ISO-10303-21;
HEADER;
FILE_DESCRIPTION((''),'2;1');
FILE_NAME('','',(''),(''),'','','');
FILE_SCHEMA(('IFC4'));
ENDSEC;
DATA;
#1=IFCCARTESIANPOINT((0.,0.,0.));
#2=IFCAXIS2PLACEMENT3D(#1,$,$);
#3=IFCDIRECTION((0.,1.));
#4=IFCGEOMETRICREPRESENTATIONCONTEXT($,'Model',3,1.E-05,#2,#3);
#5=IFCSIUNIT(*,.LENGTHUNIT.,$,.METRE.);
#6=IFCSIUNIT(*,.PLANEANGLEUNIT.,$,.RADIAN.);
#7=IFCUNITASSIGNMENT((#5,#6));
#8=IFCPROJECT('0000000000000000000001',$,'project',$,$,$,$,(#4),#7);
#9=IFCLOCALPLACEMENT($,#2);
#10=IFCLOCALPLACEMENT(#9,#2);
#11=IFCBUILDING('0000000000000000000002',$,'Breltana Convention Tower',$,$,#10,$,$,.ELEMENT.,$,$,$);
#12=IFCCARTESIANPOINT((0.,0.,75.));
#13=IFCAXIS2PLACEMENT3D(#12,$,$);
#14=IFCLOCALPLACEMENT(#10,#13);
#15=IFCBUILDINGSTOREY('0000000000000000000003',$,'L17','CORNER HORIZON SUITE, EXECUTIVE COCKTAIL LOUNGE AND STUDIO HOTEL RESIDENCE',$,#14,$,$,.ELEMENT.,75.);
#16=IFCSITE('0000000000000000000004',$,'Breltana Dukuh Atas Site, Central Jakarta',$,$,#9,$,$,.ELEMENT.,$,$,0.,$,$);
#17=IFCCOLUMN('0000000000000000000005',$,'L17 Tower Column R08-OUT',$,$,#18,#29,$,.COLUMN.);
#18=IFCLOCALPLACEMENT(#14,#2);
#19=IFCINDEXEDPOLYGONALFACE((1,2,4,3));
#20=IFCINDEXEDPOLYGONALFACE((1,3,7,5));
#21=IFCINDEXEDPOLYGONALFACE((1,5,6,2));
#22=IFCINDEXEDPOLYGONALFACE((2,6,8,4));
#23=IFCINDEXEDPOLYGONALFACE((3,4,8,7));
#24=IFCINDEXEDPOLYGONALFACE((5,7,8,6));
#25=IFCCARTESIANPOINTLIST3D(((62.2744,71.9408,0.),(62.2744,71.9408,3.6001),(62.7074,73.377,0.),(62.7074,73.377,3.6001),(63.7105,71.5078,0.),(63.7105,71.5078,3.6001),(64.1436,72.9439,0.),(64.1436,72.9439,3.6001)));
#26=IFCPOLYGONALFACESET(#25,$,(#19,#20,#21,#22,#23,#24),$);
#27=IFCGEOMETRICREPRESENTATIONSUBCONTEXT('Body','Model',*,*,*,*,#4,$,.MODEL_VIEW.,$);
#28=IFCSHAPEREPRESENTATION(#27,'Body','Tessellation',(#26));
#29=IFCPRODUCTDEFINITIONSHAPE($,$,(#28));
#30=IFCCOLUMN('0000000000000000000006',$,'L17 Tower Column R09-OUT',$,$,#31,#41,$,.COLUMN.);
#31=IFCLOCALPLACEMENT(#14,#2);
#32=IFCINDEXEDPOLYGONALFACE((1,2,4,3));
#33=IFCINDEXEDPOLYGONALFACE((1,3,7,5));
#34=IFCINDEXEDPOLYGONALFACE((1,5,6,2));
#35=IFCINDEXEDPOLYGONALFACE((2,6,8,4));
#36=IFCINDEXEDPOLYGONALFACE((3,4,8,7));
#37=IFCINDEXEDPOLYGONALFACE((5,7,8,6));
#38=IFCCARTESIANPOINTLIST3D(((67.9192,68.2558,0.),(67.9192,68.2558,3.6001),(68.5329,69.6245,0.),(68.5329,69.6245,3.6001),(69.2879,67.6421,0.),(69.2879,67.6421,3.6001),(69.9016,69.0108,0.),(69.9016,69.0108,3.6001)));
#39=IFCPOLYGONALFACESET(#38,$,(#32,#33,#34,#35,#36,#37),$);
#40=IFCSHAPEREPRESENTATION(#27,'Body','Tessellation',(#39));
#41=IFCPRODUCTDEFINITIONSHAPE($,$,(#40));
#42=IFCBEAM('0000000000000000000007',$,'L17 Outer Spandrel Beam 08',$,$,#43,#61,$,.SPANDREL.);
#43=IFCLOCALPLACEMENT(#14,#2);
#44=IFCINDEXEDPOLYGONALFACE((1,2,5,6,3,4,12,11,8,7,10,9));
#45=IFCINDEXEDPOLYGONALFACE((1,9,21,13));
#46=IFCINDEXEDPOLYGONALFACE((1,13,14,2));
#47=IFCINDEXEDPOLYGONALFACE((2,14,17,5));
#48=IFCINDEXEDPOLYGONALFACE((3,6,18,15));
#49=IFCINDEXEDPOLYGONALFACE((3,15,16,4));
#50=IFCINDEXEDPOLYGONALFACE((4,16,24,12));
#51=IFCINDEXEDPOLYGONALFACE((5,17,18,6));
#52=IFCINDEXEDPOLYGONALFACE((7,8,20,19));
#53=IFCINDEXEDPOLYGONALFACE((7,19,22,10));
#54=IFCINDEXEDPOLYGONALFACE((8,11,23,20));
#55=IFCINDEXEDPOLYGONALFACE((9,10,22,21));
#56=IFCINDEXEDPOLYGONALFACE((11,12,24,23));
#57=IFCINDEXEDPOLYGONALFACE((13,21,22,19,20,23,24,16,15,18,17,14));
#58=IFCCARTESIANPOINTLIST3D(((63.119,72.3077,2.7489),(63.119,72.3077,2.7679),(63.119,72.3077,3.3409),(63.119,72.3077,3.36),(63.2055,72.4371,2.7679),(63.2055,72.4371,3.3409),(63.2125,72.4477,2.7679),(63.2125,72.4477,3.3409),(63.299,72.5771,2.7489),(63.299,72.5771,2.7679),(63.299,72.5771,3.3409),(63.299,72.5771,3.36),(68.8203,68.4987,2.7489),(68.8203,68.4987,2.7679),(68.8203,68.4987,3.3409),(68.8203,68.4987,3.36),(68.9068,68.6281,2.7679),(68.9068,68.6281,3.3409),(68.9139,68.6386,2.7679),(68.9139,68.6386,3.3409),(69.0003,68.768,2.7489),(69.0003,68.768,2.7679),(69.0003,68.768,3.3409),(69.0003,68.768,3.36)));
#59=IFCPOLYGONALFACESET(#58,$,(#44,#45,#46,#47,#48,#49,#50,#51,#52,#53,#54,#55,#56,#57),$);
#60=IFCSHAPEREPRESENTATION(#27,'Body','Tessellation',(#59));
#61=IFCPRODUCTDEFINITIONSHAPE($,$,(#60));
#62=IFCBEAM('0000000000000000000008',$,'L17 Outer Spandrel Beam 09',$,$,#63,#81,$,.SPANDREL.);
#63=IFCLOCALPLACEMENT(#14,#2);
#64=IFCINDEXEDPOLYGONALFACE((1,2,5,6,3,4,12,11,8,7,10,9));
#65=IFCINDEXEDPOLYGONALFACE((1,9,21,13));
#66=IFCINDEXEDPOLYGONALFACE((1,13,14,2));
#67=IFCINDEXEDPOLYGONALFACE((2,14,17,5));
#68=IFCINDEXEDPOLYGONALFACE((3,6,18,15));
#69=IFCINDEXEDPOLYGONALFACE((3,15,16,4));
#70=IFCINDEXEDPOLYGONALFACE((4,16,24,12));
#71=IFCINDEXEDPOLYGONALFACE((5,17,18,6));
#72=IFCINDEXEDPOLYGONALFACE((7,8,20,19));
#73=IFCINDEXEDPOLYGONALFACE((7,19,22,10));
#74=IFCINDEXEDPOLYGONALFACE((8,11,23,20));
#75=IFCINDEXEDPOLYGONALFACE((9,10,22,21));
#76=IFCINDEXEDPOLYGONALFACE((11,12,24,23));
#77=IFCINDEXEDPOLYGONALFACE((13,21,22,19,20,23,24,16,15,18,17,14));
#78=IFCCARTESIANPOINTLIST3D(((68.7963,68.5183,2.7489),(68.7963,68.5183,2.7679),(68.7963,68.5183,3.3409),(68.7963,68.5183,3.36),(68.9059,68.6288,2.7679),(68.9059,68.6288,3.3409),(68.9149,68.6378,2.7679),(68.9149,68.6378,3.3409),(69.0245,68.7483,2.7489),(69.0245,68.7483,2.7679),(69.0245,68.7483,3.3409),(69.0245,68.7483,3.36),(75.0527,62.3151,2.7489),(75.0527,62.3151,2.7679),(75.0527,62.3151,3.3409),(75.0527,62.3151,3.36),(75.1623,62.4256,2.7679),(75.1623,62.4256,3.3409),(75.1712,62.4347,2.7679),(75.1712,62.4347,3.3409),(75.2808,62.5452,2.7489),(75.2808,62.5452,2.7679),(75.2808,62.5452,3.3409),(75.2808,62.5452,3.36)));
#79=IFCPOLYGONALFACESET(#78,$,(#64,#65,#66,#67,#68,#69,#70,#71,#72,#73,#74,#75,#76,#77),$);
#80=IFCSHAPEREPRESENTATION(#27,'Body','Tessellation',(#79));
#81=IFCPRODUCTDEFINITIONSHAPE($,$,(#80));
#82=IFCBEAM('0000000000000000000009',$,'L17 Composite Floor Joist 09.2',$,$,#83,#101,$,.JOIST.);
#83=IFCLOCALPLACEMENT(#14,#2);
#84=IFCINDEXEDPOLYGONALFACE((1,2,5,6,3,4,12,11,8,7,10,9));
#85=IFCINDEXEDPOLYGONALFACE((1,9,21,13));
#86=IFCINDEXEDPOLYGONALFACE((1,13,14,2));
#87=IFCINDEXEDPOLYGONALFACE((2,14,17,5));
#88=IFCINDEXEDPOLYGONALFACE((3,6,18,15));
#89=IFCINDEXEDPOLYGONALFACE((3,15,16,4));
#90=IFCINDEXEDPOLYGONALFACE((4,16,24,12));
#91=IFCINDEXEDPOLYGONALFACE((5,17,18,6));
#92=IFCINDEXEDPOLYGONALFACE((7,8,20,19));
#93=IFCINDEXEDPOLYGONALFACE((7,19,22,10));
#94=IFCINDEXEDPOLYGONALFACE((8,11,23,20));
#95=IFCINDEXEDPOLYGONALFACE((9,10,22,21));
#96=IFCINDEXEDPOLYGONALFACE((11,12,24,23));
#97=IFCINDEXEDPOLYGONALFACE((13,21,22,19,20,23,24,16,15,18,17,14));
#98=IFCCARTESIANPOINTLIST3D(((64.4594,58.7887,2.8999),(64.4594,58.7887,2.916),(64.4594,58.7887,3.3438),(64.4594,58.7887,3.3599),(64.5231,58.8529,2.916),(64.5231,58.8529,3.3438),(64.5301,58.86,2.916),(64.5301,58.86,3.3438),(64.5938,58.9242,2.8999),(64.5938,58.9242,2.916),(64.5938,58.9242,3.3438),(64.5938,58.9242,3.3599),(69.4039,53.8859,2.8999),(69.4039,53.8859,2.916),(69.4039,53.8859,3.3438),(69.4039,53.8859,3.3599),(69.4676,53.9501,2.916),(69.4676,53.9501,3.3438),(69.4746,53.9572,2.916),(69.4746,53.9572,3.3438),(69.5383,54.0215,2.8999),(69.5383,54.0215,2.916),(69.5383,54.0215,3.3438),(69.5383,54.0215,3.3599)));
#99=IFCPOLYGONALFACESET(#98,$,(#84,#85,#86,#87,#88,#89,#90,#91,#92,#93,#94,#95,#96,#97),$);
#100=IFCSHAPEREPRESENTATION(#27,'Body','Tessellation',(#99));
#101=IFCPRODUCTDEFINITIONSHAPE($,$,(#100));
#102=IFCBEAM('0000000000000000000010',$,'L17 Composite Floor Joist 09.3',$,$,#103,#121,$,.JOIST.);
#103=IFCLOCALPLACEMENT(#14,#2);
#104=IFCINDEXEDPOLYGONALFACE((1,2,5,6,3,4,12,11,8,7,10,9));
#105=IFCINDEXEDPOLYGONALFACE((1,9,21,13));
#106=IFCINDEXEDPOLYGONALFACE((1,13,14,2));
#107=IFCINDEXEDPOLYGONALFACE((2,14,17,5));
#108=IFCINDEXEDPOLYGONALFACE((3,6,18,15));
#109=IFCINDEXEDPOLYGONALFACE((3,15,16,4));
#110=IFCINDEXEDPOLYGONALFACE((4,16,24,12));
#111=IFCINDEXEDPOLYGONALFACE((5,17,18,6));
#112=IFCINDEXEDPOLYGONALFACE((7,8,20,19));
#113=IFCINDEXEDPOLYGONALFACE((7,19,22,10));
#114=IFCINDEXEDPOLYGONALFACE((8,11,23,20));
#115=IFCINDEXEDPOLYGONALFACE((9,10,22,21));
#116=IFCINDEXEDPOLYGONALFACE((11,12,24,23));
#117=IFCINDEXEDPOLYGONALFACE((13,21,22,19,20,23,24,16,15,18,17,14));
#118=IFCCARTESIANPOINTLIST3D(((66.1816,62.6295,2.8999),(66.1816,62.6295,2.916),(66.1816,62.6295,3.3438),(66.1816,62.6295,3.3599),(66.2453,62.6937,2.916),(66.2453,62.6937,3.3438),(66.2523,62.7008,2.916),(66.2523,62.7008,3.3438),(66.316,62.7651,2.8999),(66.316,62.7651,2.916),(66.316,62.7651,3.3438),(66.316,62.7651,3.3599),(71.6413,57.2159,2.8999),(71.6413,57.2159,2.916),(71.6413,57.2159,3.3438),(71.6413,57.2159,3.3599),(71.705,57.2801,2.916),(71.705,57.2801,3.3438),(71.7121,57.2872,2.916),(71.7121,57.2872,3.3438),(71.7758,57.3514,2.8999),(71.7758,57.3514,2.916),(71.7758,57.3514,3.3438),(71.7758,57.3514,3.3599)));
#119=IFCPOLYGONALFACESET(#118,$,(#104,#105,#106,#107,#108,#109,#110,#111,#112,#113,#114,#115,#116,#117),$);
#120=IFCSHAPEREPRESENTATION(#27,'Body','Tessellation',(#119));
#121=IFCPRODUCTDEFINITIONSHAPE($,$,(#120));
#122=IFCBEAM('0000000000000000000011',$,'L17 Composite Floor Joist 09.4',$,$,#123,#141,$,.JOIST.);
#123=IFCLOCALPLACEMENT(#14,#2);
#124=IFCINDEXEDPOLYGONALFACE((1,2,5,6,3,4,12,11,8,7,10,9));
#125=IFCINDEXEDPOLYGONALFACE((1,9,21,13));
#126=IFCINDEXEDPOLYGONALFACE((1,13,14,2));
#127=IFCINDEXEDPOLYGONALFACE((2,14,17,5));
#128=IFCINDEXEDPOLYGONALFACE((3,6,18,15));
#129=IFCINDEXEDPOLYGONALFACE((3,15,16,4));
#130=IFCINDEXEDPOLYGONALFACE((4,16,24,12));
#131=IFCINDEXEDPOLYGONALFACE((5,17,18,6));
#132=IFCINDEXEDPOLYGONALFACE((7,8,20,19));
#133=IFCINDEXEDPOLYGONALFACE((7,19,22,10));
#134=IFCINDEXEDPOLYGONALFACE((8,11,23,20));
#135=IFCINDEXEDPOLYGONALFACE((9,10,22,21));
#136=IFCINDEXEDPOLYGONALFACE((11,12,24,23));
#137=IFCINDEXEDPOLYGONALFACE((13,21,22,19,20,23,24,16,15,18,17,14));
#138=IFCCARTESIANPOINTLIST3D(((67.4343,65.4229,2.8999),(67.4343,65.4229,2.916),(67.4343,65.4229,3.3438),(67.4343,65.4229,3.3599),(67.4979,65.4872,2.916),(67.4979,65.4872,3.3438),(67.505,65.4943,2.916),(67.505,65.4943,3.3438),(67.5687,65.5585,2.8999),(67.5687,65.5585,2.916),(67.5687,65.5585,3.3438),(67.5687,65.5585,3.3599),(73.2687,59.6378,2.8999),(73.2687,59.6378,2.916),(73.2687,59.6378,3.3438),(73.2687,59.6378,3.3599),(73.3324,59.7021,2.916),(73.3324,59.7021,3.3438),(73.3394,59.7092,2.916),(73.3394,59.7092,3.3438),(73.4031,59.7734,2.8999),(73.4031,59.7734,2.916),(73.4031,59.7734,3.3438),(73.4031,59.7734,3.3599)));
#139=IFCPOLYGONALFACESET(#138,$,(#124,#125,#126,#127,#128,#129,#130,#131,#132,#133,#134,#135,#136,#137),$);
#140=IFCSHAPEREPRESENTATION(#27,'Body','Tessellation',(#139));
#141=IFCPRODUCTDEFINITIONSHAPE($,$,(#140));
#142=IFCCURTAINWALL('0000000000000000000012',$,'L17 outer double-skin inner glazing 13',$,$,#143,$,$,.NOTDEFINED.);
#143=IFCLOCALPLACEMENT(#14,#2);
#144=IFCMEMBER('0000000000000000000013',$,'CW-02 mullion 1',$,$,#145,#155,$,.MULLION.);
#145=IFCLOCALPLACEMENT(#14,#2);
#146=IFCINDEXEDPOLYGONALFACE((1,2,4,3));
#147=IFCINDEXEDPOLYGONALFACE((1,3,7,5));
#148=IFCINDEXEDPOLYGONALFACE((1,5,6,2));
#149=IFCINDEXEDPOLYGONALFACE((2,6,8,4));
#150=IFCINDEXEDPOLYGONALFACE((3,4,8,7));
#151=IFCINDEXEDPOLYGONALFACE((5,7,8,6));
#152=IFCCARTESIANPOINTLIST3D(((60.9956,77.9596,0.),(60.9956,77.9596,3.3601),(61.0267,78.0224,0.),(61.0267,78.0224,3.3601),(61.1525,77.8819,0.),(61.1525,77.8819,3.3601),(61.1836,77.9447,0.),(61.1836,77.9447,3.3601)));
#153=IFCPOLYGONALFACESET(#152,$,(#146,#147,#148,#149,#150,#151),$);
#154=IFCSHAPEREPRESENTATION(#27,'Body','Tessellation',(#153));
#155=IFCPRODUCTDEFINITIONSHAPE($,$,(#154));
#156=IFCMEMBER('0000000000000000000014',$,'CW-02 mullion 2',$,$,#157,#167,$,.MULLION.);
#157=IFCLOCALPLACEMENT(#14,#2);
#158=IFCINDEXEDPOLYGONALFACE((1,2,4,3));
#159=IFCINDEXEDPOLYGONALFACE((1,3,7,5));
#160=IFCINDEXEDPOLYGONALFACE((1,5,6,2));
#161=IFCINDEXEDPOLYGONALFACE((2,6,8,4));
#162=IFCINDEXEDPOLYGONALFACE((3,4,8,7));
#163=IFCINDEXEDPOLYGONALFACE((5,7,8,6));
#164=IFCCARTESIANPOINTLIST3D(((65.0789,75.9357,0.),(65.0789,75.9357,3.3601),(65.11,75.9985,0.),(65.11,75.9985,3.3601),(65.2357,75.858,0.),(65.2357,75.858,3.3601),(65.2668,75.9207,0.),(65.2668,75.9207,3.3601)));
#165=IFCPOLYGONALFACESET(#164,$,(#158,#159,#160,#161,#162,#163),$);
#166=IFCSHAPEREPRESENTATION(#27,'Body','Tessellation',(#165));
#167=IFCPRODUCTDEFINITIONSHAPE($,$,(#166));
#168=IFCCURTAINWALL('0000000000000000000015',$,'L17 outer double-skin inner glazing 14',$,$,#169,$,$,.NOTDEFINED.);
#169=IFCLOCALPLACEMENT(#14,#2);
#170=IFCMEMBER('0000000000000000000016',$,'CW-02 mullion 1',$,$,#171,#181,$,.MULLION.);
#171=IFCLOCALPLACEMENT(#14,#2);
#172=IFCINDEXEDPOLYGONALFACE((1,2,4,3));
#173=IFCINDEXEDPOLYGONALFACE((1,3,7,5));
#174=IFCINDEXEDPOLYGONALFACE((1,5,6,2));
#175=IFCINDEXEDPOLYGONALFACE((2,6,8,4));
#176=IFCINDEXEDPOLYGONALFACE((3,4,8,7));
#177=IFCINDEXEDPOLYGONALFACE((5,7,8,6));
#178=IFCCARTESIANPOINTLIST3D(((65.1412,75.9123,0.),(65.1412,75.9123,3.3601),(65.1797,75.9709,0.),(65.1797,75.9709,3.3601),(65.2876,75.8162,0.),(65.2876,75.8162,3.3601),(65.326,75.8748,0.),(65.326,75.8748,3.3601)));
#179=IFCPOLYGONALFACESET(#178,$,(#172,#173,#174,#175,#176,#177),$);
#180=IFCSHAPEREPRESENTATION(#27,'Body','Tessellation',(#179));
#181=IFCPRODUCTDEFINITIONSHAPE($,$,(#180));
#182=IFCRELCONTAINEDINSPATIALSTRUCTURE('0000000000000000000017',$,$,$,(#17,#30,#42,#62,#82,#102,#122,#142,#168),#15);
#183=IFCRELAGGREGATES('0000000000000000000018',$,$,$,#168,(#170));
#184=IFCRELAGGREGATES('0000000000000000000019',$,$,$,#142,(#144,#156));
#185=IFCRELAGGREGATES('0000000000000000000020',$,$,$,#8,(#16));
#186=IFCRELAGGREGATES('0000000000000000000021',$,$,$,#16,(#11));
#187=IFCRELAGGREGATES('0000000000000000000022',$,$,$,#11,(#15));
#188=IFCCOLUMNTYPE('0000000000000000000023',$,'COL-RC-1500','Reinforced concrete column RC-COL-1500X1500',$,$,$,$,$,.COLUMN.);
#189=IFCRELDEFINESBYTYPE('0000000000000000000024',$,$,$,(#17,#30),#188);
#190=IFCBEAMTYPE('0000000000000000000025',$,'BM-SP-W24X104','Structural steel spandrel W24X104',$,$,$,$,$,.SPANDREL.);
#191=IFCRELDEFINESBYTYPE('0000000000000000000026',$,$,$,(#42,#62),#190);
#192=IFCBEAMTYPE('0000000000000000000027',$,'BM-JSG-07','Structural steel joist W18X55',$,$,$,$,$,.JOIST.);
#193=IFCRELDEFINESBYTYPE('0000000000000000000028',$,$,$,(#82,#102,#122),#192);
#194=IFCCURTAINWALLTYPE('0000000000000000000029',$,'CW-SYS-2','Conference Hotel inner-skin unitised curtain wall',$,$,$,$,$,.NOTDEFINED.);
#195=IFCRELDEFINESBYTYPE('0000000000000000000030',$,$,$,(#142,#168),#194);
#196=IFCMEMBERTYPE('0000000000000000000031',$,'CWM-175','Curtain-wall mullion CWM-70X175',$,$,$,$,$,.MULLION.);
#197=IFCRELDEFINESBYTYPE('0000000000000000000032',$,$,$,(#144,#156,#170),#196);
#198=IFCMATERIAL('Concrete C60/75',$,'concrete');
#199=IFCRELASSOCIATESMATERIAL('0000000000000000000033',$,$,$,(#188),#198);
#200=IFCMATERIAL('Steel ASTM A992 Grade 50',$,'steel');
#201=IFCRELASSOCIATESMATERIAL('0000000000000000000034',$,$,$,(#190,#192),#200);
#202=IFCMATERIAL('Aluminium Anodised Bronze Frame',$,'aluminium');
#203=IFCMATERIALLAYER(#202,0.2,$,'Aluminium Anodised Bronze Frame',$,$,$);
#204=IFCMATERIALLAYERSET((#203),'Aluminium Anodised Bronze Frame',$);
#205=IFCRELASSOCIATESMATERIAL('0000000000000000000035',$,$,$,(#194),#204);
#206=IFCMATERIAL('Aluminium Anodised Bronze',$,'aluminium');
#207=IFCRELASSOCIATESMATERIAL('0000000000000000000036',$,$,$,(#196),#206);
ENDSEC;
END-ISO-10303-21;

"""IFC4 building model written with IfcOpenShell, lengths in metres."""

from ifc_helpers import new_model, si_unit, direction, frame, origin, origin_2d, place, context, subcontext, project, spatial, rectangle, i_section, extrude, source, transform, mapped, material, layer, layer_set, material_profile, profile_set, type_object, type_shapes, element, aggregate, save


model = new_model("IFC4")

# Units and contexts
model_context = context("Model", 3, precision=1e-05, world=origin(), true_north=direction((0.0, 1.0)))
body_context = subcontext(model_context, "Body", "Model", "MODEL_VIEW")
ifc_project = project(units=[si_unit("LENGTHUNIT", "METRE"), si_unit("PLANEANGLEUNIT", "RADIAN")], contexts=[model_context])

# Site, building, storey
site_placement = place(None, origin())
site = spatial("IfcSite", under=ifc_project, at=site_placement, Name="Breltana Dukuh Atas Site, Central Jakarta", CompositionType="ELEMENT", RefElevation=0.0)
building_placement = place(site_placement, origin())
building = spatial("IfcBuilding", under=site, at=building_placement, Name="Breltana Convention Tower", CompositionType="ELEMENT")
storey_placement = place(building_placement, frame((0.0, 0.0, 75.0)))
storey = spatial("IfcBuildingStorey", under=building, at=storey_placement, Name="L17", Description="CORNER HORIZON SUITE, EXECUTIVE COCKTAIL LOUNGE AND STUDIO HOTEL RESIDENCE", CompositionType="ELEMENT", Elevation=75.0)

# Columns
ifc_material_1 = material(Name="Concrete C60/75", Category="concrete")
ifc_material_profile_1 = material_profile(ifc_material_1, rectangle(XDim=1.5, YDim=1.5, at=origin_2d()), Name="RC-COL-1500X1500")
ifc_profile_set_1 = profile_set([ifc_material_profile_1], Name="Concrete C60/75")
column_type = type_object("IfcColumnType", Name="COL-RC-1500", Description="Reinforced concrete column RC-COL-1500X1500", PredefinedType="COLUMN", material=ifc_profile_set_1)
shared_shape_1 = source(origin(), body_context, "Body", "SweptSolid", [
    extrude(rectangle(XDim=1.5, YDim=1.5, at=origin_2d()), origin(), (0.0, 0.0, 1.0), 3.6001),
])
for number, where, z_axis, x_axis, name in (
    (1, (63.209, 72.4424, 0.0), (0.0, 0.0, 1.0), (0.288698, 0.95742, 0.0), "L17 Tower Column R08-OUT"),
    (2, (68.9104, 68.6333, 0.0), (0.0, 0.0, 1.0), (0.409127, 0.912477, 0.0), "L17 Tower Column R09-OUT"),
):
    element("IfcColumn", number, at=place(storey_placement, frame(where, z_axis=z_axis, x_axis=x_axis)), inside=storey, type_object=column_type, Name=name, PredefinedType="COLUMN", context=body_context, shape_type="MappedRepresentation", body=[
        mapped(shared_shape_1, transform((0.0, 0.0, 0.0), scale=1.0)),
    ])

# Beams
ifc_material_2 = material(Name="Steel ASTM A992 Grade 50", Category="steel")
ifc_material_profile_2 = material_profile(ifc_material_2, i_section(OverallWidth=0.324, OverallDepth=0.6111, WebThickness=0.0127, FlangeThickness=0.019, at=origin_2d()), Name="W24X104")
ifc_profile_set_2 = profile_set([ifc_material_profile_2], Name="Steel ASTM A992 Grade 50")
beam_type_1 = type_object("IfcBeamType", Name="BM-SP-W24X104", Description="Structural steel spandrel W24X104", PredefinedType="SPANDREL", material=ifc_profile_set_2)
shared_shape_2 = source(origin(), body_context, "Body", "SweptSolid", [
    extrude(i_section(OverallWidth=0.324, OverallDepth=0.6111, WebThickness=0.0127, FlangeThickness=0.019, at=origin_2d()), origin(), (0.0, 0.0, 1.0), 6.8567),
])
beam_1_placement = place(storey_placement, frame((63.209, 72.4424, 3.0544), z_axis=(0.831502, -0.555522, 0.0), x_axis=(0.555522, 0.831502, 0.0)))
element("IfcBeam", 3, at=beam_1_placement, inside=storey, type_object=beam_type_1, Name="L17 Outer Spandrel Beam 08", PredefinedType="SPANDREL", context=body_context, shape_type="MappedRepresentation", body=[
    mapped(shared_shape_2, transform((0.0, 0.0, 0.0), scale=1.0)),
])
shared_shape_3 = source(origin(), body_context, "Body", "SweptSolid", [
    extrude(i_section(OverallWidth=0.324, OverallDepth=0.6111, WebThickness=0.0127, FlangeThickness=0.019, at=origin_2d()), origin(), (0.0, 0.0, 1.0), 8.8103),
])
beam_2_placement = place(storey_placement, frame((68.9104, 68.6333, 3.0544), z_axis=(0.710121, -0.70408, 0.0), x_axis=(0.70408, 0.710121, 0.0)))
element("IfcBeam", 4, at=beam_2_placement, inside=storey, type_object=beam_type_1, Name="L17 Outer Spandrel Beam 09", PredefinedType="SPANDREL", context=body_context, shape_type="MappedRepresentation", body=[
    mapped(shared_shape_3, transform((0.0, 0.0, 0.0), scale=1.0)),
])
ifc_material_profile_3 = material_profile(ifc_material_2, i_section(OverallWidth=0.1909, OverallDepth=0.46, WebThickness=0.01, FlangeThickness=0.0161, at=origin_2d()), Name="W18X55")
ifc_profile_set_3 = profile_set([ifc_material_profile_3], Name="Steel ASTM A992 Grade 50")
beam_type_2 = type_object("IfcBeamType", Name="BM-JSG-07", Description="Structural steel joist W18X55", PredefinedType="JOIST", material=ifc_profile_set_3)
shared_shape_4 = source(origin(), body_context, "Body", "SweptSolid", [
    extrude(i_section(OverallWidth=0.1909, OverallDepth=0.46, WebThickness=0.01, FlangeThickness=0.0161, at=origin_2d()), origin(), (0.0, 0.0, 1.0), 6.9631),
])
beam_3_placement = place(storey_placement, frame((64.5266, 58.8564, 3.1299), z_axis=(0.710098, -0.704103, 0.0), x_axis=(0.704103, 0.710098, 0.0)))
element("IfcBeam", 5, at=beam_3_placement, inside=storey, type_object=beam_type_2, Name="L17 Composite Floor Joist 09.2", PredefinedType="JOIST", context=body_context, shape_type="MappedRepresentation", body=[
    mapped(shared_shape_4, transform((0.0, 0.0, 0.0), scale=1.0)),
])
shared_shape_5 = source(origin(), body_context, "Body", "SweptSolid", [
    extrude(i_section(OverallWidth=0.1909, OverallDepth=0.46, WebThickness=0.01, FlangeThickness=0.0161, at=origin_2d()), origin(), (0.0, 0.0, 1.0), 7.6887),
])
beam_4_placement = place(storey_placement, frame((66.2488, 62.6973, 3.1299), z_axis=(0.710101, -0.7041, 0.0), x_axis=(0.7041, 0.710101, 0.0)))
element("IfcBeam", 6, at=beam_4_placement, inside=storey, type_object=beam_type_2, Name="L17 Composite Floor Joist 09.3", PredefinedType="JOIST", context=body_context, shape_type="MappedRepresentation", body=[
    mapped(shared_shape_5, transform((0.0, 0.0, 0.0), scale=1.0)),
])
shared_shape_6 = source(origin(), body_context, "Body", "SweptSolid", [
    extrude(i_section(OverallWidth=0.1909, OverallDepth=0.46, WebThickness=0.01, FlangeThickness=0.0161, at=origin_2d()), origin(), (0.0, 0.0, 1.0), 8.2163),
])
beam_5_placement = place(storey_placement, frame((67.5015, 65.4907, 3.1299), z_axis=(0.710102, -0.704099, 0.0), x_axis=(0.704099, 0.710102, 0.0)))
element("IfcBeam", 7, at=beam_5_placement, inside=storey, type_object=beam_type_2, Name="L17 Composite Floor Joist 09.4", PredefinedType="JOIST", context=body_context, shape_type="MappedRepresentation", body=[
    mapped(shared_shape_6, transform((0.0, 0.0, 0.0), scale=1.0)),
])

# Curtain walls, members
ifc_material_3 = material(Name="Aluminium Anodised Bronze Frame", Category="aluminium")
ifc_layer_1 = layer(ifc_material_3, 0.2, Name="Aluminium Anodised Bronze Frame")
ifc_layer_set_1 = layer_set([ifc_layer_1], Name="Aluminium Anodised Bronze Frame")
curtain_wall_type = type_object("IfcCurtainWallType", Name="CW-SYS-2", Description="Conference Hotel inner-skin unitised curtain wall", PredefinedType="NOTDEFINED", material=ifc_layer_set_1)
curtain_wall_1_placement = place(storey_placement, origin())
curtain_wall_1 = element("IfcCurtainWall", 8, at=curtain_wall_1_placement, inside=storey, type_object=curtain_wall_type, Name="L17 outer double-skin inner glazing 13", PredefinedType="NOTDEFINED")
ifc_material_4 = material(Name="Aluminium Anodised Bronze", Category="aluminium")
ifc_material_profile_4 = material_profile(ifc_material_4, rectangle(XDim=0.0701, YDim=0.175, at=origin_2d()), Name="CWM-70X175")
ifc_profile_set_4 = profile_set([ifc_material_profile_4], Name="Aluminium Anodised Bronze")
member_type_1 = type_object("IfcMemberType", Name="CWM-175", Description="Curtain-wall mullion CWM-70X175", PredefinedType="MULLION", material=ifc_profile_set_4)
shared_shape_7 = source(origin(), body_context, "Body", "SweptSolid", [
    extrude(rectangle(XDim=0.0701, YDim=0.175, at=origin_2d()), origin(), (0.0, 0.0, 1.0), 3.3601),
])
type_shapes(member_type_1, [shared_shape_7])
member_1_placement = place(storey_placement, frame((61.0896, 77.9521, 0.0), z_axis=(0.0, 0.0, 1.0), x_axis=(0.444108, 0.895973, 0.0)))
member_1 = element("IfcMember", 9, at=member_1_placement, type_object=member_type_1, Name="CW-02 mullion 1", PredefinedType="MULLION", context=body_context, shape_type="MappedRepresentation", body=[
    mapped(shared_shape_7, transform((0.0, 0.0, 0.0), scale=1.0)),
])
member_2_placement = place(storey_placement, frame((65.1729, 75.9282, 0.0), z_axis=(0.0, 0.0, 1.0), x_axis=(0.444108, 0.895973, 0.0)))
member_2 = element("IfcMember", 10, at=member_2_placement, type_object=member_type_1, Name="CW-02 mullion 2", PredefinedType="MULLION", context=body_context, shape_type="MappedRepresentation", body=[
    mapped(shared_shape_7, transform((0.0, 0.0, 0.0), scale=1.0)),
])
curtain_wall_2_placement = place(storey_placement, origin())
curtain_wall_2 = element("IfcCurtainWall", 11, at=curtain_wall_2_placement, inside=storey, type_object=curtain_wall_type, Name="L17 outer double-skin inner glazing 14", PredefinedType="NOTDEFINED")
member_3_placement = place(storey_placement, frame((65.2336, 75.8936, 0.0), z_axis=(0.0, 0.0, 1.0), x_axis=(0.548784, 0.835964, 0.0)))
member_3 = element("IfcMember", 12, at=member_3_placement, type_object=member_type_1, Name="CW-02 mullion 1", PredefinedType="MULLION", context=body_context, shape_type="MappedRepresentation", body=[
    mapped(shared_shape_7, transform((0.0, 0.0, 0.0), scale=1.0)),
])

aggregate(curtain_wall_2, [member_3])
aggregate(curtain_wall_1, [member_1, member_2])

save(model, "model.ifc")
